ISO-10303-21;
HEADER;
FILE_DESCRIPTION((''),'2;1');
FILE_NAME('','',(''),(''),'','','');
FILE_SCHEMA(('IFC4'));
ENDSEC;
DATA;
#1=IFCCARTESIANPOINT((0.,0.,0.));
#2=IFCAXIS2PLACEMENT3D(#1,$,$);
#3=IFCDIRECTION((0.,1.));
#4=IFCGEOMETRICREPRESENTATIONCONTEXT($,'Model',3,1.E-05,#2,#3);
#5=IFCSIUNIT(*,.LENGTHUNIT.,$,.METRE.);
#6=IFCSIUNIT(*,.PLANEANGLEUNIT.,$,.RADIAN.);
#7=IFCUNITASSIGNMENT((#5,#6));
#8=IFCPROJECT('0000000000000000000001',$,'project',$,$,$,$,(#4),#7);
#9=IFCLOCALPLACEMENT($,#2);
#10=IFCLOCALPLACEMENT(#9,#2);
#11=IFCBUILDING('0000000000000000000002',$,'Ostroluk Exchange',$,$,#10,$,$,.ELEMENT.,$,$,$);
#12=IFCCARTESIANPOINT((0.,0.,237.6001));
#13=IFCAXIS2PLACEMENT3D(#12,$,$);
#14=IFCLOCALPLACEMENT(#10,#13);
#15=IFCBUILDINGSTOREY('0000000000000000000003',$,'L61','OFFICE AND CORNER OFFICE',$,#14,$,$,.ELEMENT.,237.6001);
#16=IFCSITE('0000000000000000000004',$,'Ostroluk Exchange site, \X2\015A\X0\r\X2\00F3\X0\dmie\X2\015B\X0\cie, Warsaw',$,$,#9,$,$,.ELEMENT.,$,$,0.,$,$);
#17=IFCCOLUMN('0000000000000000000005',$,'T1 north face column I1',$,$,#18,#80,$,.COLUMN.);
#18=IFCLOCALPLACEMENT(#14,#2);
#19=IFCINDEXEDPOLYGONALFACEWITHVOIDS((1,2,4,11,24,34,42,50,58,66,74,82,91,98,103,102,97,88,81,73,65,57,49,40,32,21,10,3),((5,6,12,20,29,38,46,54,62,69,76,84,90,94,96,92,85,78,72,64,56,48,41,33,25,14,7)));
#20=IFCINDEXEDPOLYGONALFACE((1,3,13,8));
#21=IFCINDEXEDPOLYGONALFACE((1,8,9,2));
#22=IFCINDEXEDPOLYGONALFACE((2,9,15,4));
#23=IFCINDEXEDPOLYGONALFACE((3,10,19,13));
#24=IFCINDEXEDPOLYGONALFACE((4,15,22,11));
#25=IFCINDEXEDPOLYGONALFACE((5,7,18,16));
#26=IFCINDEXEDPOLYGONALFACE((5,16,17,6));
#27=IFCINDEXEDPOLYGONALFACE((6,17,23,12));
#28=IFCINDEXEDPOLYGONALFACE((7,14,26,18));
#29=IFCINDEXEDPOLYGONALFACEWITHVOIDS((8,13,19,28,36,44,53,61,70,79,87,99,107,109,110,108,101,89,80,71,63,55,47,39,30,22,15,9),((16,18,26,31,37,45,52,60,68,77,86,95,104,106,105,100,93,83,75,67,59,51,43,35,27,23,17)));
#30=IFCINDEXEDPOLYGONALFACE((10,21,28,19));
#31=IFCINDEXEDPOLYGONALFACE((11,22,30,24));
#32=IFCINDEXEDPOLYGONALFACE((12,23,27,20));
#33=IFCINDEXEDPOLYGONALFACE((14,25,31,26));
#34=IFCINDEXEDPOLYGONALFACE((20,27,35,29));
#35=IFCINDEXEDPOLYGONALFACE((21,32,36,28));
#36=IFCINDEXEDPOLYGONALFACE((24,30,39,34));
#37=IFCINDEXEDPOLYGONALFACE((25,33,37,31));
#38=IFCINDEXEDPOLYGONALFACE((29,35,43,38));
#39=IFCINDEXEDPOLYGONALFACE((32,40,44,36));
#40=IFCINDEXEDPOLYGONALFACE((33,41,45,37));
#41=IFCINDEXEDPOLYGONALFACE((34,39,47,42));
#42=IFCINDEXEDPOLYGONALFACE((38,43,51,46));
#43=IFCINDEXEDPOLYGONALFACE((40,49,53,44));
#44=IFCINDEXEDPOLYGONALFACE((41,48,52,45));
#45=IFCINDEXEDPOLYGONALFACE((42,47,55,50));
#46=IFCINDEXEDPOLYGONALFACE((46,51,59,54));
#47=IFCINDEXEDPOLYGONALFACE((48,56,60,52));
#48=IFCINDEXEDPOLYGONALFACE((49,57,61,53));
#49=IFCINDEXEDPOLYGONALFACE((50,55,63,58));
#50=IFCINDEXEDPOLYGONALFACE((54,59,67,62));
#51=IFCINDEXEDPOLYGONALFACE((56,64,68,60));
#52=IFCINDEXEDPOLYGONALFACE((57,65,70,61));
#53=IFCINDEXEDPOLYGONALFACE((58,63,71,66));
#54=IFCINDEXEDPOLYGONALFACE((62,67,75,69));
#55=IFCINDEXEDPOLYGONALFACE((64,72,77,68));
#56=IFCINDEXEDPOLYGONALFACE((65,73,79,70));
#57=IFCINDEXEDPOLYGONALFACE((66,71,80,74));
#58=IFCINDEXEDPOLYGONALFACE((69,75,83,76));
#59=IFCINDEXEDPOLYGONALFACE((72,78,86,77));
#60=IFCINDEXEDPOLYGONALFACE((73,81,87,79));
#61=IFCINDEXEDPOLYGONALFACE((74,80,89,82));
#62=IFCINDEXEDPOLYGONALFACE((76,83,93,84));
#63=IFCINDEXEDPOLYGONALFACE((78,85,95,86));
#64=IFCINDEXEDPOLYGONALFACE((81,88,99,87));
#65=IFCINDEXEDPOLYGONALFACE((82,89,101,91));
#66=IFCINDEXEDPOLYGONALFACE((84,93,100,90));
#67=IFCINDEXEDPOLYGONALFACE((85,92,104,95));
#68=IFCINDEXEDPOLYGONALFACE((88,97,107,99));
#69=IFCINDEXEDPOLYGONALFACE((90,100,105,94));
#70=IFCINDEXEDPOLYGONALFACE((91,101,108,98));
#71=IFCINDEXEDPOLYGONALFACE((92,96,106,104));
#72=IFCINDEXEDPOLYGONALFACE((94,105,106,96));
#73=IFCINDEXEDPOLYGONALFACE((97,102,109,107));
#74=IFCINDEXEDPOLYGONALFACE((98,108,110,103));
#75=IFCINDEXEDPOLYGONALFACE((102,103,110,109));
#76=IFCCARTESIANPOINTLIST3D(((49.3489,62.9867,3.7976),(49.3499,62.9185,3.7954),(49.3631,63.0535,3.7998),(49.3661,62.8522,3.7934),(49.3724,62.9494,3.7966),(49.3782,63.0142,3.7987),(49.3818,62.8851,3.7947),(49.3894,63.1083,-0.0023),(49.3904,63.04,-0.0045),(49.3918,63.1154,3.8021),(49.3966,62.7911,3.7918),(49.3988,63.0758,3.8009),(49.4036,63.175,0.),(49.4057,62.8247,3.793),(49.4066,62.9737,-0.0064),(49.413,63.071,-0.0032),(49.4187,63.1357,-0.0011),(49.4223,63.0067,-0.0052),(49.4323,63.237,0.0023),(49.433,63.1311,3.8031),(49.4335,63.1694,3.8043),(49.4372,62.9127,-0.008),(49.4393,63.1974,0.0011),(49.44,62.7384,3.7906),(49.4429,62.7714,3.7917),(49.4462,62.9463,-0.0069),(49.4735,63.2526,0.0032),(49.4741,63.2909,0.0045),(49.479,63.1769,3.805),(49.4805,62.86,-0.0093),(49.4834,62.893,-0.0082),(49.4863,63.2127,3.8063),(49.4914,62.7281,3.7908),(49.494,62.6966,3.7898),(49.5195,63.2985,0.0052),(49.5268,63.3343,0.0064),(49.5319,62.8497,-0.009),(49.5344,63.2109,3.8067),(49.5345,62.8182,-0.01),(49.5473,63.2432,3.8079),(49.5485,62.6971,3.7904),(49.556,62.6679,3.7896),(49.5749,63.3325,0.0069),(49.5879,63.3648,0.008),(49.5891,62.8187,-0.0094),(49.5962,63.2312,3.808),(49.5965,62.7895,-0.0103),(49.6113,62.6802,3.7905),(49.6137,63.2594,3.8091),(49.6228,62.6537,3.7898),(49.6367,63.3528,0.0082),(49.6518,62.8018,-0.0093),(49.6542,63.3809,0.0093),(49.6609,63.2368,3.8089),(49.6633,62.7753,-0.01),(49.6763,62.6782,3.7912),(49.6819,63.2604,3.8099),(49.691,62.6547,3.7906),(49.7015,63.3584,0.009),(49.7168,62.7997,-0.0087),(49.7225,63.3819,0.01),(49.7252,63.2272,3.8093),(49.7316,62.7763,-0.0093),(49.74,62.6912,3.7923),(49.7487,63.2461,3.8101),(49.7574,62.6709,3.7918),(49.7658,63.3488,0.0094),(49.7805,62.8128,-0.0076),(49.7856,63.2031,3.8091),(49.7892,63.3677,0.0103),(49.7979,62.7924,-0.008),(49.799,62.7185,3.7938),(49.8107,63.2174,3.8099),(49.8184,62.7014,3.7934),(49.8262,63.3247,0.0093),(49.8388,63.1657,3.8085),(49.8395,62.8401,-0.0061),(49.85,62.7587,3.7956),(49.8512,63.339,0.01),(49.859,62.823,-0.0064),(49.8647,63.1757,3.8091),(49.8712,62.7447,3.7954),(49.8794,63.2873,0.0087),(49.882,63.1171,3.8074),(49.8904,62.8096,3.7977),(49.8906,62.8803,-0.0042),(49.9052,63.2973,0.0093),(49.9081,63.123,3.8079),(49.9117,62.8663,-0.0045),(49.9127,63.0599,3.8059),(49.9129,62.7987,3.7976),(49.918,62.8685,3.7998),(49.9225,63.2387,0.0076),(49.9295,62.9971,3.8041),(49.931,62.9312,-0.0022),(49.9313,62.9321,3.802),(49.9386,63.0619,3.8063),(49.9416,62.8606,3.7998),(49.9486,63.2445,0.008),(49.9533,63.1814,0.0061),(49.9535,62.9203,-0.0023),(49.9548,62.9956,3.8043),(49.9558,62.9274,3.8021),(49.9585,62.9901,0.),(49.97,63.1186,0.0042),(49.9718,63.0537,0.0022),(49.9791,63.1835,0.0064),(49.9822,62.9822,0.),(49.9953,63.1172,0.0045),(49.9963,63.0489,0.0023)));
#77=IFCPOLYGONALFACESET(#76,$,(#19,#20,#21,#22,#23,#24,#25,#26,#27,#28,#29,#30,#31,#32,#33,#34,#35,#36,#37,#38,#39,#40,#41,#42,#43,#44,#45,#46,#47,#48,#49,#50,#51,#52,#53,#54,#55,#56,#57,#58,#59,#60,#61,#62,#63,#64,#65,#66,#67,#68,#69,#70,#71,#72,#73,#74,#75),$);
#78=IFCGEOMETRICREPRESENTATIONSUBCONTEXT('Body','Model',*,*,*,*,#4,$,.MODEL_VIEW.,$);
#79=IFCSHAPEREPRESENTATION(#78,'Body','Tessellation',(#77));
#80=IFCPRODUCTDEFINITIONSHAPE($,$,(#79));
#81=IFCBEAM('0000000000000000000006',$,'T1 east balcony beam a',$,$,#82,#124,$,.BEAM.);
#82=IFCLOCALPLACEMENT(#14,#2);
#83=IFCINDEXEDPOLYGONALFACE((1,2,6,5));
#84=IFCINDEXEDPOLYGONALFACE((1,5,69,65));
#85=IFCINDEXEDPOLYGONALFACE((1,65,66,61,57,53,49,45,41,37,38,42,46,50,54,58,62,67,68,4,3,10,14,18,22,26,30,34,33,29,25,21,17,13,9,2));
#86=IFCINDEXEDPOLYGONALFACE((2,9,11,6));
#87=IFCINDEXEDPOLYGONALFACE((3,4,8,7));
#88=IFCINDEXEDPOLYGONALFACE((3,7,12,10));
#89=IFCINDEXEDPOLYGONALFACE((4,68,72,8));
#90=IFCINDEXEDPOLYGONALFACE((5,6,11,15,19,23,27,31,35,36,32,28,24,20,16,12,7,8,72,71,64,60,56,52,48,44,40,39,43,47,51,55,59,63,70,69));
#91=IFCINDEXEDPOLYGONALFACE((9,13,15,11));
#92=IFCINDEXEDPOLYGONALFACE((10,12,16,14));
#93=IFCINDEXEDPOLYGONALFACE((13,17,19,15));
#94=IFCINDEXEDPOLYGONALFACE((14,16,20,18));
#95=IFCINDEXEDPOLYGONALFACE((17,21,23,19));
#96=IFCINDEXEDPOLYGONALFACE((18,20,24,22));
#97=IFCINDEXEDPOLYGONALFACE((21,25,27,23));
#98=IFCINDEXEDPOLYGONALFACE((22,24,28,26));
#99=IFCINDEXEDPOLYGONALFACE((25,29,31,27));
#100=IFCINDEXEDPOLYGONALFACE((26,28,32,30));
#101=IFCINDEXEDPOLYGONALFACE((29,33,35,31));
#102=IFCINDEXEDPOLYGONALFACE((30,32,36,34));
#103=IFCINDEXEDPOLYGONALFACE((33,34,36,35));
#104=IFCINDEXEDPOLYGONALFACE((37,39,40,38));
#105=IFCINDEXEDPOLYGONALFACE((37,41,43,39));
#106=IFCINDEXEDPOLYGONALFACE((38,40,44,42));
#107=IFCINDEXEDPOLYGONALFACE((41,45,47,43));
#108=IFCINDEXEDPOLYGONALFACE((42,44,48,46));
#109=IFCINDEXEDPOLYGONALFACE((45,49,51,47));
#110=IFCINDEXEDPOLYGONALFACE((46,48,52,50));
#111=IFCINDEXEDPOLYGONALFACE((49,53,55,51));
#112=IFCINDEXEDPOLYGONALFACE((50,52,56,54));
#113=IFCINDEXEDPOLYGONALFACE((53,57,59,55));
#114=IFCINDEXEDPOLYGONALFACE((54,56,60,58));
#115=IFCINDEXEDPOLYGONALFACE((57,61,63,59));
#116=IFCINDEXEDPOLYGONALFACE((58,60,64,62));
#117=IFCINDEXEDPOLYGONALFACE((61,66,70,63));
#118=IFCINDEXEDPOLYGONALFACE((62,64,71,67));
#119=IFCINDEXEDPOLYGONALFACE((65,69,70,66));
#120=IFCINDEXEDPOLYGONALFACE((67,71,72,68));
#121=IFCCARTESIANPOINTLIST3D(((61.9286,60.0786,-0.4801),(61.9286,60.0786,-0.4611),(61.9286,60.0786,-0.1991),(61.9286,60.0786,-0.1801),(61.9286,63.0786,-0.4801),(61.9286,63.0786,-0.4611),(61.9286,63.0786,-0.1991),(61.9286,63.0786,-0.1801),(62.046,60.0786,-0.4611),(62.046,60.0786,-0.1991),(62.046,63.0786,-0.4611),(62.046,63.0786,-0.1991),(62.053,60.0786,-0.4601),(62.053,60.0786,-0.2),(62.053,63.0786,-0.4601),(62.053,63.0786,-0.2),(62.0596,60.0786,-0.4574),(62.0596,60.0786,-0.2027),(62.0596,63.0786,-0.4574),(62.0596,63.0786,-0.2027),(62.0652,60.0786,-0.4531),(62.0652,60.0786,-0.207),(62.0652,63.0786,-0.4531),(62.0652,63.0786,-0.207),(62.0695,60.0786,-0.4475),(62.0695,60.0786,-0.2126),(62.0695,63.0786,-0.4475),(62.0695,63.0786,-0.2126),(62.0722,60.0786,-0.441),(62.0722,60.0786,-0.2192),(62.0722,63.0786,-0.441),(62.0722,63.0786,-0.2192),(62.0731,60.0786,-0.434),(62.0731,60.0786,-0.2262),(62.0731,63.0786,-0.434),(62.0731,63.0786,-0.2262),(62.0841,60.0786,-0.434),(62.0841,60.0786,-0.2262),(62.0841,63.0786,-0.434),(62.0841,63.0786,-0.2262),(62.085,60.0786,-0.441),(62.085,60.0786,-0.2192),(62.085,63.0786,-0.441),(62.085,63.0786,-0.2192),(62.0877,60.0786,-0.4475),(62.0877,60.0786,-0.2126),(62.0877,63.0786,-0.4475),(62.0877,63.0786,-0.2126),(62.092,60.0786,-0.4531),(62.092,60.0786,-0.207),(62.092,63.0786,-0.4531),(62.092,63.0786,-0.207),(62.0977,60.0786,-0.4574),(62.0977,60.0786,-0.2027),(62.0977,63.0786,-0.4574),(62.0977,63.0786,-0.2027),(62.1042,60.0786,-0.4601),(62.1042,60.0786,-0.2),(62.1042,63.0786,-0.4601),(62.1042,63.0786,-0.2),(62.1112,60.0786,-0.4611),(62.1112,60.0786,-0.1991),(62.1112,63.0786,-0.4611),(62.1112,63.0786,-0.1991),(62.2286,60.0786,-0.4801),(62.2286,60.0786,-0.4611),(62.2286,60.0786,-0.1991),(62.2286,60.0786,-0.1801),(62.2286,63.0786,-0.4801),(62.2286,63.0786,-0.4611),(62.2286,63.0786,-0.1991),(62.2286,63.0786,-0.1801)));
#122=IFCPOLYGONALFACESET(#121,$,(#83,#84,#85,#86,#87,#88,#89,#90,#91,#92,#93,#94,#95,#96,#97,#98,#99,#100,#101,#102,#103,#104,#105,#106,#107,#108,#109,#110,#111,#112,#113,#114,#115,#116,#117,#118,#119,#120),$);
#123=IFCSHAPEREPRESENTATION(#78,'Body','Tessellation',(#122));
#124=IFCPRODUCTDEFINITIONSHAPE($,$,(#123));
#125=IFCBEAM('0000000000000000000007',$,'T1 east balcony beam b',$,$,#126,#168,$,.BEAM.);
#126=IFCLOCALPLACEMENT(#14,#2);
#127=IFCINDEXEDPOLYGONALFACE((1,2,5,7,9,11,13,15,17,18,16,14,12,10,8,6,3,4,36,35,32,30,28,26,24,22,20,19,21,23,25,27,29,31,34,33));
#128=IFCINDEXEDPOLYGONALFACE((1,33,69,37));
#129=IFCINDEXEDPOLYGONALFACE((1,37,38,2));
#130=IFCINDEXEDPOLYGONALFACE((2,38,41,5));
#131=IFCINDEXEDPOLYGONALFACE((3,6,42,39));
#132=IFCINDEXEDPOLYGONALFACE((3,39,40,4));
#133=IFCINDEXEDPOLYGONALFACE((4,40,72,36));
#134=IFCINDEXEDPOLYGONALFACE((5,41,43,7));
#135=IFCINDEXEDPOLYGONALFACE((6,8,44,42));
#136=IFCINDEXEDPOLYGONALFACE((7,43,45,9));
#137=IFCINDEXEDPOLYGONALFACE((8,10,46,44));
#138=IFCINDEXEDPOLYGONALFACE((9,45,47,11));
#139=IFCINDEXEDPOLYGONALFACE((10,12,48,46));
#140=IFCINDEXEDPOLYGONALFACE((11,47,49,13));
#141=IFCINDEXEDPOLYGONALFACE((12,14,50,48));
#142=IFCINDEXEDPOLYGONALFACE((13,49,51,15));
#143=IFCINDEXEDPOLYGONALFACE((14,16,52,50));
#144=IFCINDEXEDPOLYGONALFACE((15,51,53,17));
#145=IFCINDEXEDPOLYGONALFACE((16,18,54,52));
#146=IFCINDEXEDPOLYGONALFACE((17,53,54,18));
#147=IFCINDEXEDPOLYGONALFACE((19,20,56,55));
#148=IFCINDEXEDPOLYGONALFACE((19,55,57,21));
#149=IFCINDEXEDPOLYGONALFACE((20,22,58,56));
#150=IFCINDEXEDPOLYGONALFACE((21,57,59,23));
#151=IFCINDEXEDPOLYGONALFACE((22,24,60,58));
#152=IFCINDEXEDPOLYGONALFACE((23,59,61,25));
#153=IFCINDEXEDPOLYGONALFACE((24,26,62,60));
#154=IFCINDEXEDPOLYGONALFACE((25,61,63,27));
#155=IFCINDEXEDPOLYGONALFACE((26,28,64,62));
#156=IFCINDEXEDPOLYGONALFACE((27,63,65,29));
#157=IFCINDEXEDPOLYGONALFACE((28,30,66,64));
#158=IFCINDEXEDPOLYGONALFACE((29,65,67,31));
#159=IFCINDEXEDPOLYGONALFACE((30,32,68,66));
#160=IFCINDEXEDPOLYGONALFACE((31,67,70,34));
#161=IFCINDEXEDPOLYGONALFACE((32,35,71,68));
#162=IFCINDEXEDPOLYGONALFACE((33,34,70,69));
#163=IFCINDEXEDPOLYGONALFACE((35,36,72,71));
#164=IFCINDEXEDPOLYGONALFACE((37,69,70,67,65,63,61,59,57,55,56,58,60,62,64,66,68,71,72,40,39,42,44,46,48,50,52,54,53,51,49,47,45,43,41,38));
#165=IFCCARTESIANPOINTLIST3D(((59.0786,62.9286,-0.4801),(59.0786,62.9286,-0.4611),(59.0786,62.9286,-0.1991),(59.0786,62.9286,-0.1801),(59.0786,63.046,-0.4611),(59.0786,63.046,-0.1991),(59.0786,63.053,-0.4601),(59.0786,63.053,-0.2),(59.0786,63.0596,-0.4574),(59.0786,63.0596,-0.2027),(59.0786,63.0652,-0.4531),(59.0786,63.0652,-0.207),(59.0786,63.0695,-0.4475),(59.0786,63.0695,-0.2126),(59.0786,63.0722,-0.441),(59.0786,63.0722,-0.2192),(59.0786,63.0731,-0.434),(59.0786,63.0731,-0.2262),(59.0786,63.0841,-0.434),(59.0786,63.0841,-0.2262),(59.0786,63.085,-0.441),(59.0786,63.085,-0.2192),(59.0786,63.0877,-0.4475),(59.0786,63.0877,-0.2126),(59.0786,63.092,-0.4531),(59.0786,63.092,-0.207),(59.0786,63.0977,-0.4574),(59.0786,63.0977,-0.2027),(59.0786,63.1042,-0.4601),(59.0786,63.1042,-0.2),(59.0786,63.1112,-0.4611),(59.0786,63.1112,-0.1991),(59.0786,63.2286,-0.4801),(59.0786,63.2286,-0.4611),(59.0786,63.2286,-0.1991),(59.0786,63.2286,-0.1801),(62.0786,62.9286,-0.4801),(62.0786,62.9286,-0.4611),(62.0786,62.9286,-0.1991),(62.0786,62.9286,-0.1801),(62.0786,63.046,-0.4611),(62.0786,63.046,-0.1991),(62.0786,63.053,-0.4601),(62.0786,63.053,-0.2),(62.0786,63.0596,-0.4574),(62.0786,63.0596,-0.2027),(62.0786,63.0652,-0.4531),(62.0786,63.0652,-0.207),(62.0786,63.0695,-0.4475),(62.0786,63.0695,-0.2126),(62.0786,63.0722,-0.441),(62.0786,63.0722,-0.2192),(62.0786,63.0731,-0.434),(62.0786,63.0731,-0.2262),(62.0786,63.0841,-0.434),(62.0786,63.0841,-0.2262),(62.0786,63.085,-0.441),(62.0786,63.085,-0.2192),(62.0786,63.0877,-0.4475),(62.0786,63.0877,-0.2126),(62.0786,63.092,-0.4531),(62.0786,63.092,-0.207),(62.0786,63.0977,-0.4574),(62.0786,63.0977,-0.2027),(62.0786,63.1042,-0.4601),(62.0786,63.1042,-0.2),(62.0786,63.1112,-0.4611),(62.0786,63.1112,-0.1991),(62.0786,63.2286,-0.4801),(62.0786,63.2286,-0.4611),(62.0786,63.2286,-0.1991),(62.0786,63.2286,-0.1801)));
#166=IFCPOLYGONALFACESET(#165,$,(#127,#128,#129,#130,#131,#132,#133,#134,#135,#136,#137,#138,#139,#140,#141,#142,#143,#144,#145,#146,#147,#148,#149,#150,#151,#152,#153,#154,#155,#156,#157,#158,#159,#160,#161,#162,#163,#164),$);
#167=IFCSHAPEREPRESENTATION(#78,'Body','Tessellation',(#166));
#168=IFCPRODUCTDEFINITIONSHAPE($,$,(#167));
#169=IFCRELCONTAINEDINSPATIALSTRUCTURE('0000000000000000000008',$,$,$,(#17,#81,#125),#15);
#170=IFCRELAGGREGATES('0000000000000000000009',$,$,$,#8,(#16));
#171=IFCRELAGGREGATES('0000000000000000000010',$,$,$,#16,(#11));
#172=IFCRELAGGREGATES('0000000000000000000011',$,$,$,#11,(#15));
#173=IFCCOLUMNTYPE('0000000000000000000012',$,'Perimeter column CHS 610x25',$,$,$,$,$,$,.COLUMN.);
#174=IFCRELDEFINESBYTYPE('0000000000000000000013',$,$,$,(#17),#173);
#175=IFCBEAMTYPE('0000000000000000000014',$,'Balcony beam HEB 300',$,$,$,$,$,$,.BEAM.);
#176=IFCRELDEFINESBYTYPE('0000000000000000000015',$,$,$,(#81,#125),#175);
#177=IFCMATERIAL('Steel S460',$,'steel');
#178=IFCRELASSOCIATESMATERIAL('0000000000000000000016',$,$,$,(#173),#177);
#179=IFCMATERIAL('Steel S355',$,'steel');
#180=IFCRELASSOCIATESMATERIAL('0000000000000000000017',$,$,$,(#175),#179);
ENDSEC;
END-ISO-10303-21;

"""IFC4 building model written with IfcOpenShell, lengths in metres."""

from ifc_helpers import new_model, si_unit, direction, frame, origin, origin_2d, place, context, subcontext, project, spatial, hollow_circle, i_section, extrude, material, material_profile, profile_set, type_object, element, save


model = new_model("IFC4")

# Units and contexts
model_context = context("Model", 3, precision=1e-05, world=origin(), true_north=direction((0.0, 1.0)))
body_context = subcontext(model_context, "Body", "Model", "MODEL_VIEW")
ifc_project = project(units=[si_unit("LENGTHUNIT", "METRE"), si_unit("PLANEANGLEUNIT", "RADIAN")], contexts=[model_context])

# Site, building, storey
site_placement = place(None, origin())
site = spatial("IfcSite", under=ifc_project, at=site_placement, Name="Ostroluk Exchange site, Śródmieście, Warsaw", CompositionType="ELEMENT", RefElevation=0.0)
building_placement = place(site_placement, origin())
building = spatial("IfcBuilding", under=site, at=building_placement, Name="Ostroluk Exchange", CompositionType="ELEMENT")
storey_placement = place(building_placement, frame((0.0, 0.0, 237.6001)))
storey = spatial("IfcBuildingStorey", under=building, at=storey_placement, Name="L61", Description="OFFICE AND CORNER OFFICE", CompositionType="ELEMENT", Elevation=237.6001)

# Column
ifc_material_1 = material(Name="Steel S460", Category="steel")
ifc_material_profile_1 = material_profile(ifc_material_1, hollow_circle(Radius=0.3049, WallThickness=0.0249, at=origin_2d()), Name="CHS 610x25")
ifc_profile_set_1 = profile_set([ifc_material_profile_1], Name="Steel S460")
column_type_1 = type_object("IfcColumnType", Name="Perimeter column CHS 610x25", PredefinedType="COLUMN", material=ifc_profile_set_1)
column_1_placement = place(storey_placement, frame((49.6929, 63.0786, 0.0), z_axis=(-0.01066, -0.031979, 0.999432), x_axis=(0.948683, -0.316228, 0.0)))
element("IfcColumn", 1, at=column_1_placement, inside=storey, type_object=column_type_1, Name="T1 north face column I1", PredefinedType="COLUMN", context=body_context, shape_type="SweptSolid", body=[
    extrude(hollow_circle(Radius=0.3049, WallThickness=0.0249, at=origin_2d()), origin(), (0.0, 0.0, 1.0), 3.802),
])

# Beams
ifc_material_2 = material(Name="Steel S355", Category="steel")
ifc_material_profile_2 = material_profile(ifc_material_2, i_section(OverallWidth=0.3, OverallDepth=0.3, WebThickness=0.011, FlangeThickness=0.019, FilletRadius=0.0271, at=origin_2d()), Name="HEB 300")
ifc_profile_set_2 = profile_set([ifc_material_profile_2], Name="Steel S355")
beam_type_1 = type_object("IfcBeamType", Name="Balcony beam HEB 300", PredefinedType="BEAM", material=ifc_profile_set_2)
for number, where, z_axis, x_axis, name in (
    (2, (62.0786, 60.0786, -0.3301), (0.0, 1.0, 0.0), (-1.0, 0.0, 0.0), "T1 east balcony beam a"),
    (3, (59.0786, 63.0786, -0.3301), (1.0, 0.0, 0.0), (0.0, 1.0, 0.0), "T1 east balcony beam b"),
):
    element("IfcBeam", number, at=place(storey_placement, frame(where, z_axis=z_axis, x_axis=x_axis)), inside=storey, type_object=beam_type_1, Name=name, PredefinedType="BEAM", context=body_context, shape_type="SweptSolid", body=[
        extrude(i_section(OverallWidth=0.3, OverallDepth=0.3, WebThickness=0.011, FlangeThickness=0.019, FilletRadius=0.0271, at=origin_2d()), origin(), (0.0, 0.0, 1.0), 3.0),
    ])

save(model, "model.ifc")
